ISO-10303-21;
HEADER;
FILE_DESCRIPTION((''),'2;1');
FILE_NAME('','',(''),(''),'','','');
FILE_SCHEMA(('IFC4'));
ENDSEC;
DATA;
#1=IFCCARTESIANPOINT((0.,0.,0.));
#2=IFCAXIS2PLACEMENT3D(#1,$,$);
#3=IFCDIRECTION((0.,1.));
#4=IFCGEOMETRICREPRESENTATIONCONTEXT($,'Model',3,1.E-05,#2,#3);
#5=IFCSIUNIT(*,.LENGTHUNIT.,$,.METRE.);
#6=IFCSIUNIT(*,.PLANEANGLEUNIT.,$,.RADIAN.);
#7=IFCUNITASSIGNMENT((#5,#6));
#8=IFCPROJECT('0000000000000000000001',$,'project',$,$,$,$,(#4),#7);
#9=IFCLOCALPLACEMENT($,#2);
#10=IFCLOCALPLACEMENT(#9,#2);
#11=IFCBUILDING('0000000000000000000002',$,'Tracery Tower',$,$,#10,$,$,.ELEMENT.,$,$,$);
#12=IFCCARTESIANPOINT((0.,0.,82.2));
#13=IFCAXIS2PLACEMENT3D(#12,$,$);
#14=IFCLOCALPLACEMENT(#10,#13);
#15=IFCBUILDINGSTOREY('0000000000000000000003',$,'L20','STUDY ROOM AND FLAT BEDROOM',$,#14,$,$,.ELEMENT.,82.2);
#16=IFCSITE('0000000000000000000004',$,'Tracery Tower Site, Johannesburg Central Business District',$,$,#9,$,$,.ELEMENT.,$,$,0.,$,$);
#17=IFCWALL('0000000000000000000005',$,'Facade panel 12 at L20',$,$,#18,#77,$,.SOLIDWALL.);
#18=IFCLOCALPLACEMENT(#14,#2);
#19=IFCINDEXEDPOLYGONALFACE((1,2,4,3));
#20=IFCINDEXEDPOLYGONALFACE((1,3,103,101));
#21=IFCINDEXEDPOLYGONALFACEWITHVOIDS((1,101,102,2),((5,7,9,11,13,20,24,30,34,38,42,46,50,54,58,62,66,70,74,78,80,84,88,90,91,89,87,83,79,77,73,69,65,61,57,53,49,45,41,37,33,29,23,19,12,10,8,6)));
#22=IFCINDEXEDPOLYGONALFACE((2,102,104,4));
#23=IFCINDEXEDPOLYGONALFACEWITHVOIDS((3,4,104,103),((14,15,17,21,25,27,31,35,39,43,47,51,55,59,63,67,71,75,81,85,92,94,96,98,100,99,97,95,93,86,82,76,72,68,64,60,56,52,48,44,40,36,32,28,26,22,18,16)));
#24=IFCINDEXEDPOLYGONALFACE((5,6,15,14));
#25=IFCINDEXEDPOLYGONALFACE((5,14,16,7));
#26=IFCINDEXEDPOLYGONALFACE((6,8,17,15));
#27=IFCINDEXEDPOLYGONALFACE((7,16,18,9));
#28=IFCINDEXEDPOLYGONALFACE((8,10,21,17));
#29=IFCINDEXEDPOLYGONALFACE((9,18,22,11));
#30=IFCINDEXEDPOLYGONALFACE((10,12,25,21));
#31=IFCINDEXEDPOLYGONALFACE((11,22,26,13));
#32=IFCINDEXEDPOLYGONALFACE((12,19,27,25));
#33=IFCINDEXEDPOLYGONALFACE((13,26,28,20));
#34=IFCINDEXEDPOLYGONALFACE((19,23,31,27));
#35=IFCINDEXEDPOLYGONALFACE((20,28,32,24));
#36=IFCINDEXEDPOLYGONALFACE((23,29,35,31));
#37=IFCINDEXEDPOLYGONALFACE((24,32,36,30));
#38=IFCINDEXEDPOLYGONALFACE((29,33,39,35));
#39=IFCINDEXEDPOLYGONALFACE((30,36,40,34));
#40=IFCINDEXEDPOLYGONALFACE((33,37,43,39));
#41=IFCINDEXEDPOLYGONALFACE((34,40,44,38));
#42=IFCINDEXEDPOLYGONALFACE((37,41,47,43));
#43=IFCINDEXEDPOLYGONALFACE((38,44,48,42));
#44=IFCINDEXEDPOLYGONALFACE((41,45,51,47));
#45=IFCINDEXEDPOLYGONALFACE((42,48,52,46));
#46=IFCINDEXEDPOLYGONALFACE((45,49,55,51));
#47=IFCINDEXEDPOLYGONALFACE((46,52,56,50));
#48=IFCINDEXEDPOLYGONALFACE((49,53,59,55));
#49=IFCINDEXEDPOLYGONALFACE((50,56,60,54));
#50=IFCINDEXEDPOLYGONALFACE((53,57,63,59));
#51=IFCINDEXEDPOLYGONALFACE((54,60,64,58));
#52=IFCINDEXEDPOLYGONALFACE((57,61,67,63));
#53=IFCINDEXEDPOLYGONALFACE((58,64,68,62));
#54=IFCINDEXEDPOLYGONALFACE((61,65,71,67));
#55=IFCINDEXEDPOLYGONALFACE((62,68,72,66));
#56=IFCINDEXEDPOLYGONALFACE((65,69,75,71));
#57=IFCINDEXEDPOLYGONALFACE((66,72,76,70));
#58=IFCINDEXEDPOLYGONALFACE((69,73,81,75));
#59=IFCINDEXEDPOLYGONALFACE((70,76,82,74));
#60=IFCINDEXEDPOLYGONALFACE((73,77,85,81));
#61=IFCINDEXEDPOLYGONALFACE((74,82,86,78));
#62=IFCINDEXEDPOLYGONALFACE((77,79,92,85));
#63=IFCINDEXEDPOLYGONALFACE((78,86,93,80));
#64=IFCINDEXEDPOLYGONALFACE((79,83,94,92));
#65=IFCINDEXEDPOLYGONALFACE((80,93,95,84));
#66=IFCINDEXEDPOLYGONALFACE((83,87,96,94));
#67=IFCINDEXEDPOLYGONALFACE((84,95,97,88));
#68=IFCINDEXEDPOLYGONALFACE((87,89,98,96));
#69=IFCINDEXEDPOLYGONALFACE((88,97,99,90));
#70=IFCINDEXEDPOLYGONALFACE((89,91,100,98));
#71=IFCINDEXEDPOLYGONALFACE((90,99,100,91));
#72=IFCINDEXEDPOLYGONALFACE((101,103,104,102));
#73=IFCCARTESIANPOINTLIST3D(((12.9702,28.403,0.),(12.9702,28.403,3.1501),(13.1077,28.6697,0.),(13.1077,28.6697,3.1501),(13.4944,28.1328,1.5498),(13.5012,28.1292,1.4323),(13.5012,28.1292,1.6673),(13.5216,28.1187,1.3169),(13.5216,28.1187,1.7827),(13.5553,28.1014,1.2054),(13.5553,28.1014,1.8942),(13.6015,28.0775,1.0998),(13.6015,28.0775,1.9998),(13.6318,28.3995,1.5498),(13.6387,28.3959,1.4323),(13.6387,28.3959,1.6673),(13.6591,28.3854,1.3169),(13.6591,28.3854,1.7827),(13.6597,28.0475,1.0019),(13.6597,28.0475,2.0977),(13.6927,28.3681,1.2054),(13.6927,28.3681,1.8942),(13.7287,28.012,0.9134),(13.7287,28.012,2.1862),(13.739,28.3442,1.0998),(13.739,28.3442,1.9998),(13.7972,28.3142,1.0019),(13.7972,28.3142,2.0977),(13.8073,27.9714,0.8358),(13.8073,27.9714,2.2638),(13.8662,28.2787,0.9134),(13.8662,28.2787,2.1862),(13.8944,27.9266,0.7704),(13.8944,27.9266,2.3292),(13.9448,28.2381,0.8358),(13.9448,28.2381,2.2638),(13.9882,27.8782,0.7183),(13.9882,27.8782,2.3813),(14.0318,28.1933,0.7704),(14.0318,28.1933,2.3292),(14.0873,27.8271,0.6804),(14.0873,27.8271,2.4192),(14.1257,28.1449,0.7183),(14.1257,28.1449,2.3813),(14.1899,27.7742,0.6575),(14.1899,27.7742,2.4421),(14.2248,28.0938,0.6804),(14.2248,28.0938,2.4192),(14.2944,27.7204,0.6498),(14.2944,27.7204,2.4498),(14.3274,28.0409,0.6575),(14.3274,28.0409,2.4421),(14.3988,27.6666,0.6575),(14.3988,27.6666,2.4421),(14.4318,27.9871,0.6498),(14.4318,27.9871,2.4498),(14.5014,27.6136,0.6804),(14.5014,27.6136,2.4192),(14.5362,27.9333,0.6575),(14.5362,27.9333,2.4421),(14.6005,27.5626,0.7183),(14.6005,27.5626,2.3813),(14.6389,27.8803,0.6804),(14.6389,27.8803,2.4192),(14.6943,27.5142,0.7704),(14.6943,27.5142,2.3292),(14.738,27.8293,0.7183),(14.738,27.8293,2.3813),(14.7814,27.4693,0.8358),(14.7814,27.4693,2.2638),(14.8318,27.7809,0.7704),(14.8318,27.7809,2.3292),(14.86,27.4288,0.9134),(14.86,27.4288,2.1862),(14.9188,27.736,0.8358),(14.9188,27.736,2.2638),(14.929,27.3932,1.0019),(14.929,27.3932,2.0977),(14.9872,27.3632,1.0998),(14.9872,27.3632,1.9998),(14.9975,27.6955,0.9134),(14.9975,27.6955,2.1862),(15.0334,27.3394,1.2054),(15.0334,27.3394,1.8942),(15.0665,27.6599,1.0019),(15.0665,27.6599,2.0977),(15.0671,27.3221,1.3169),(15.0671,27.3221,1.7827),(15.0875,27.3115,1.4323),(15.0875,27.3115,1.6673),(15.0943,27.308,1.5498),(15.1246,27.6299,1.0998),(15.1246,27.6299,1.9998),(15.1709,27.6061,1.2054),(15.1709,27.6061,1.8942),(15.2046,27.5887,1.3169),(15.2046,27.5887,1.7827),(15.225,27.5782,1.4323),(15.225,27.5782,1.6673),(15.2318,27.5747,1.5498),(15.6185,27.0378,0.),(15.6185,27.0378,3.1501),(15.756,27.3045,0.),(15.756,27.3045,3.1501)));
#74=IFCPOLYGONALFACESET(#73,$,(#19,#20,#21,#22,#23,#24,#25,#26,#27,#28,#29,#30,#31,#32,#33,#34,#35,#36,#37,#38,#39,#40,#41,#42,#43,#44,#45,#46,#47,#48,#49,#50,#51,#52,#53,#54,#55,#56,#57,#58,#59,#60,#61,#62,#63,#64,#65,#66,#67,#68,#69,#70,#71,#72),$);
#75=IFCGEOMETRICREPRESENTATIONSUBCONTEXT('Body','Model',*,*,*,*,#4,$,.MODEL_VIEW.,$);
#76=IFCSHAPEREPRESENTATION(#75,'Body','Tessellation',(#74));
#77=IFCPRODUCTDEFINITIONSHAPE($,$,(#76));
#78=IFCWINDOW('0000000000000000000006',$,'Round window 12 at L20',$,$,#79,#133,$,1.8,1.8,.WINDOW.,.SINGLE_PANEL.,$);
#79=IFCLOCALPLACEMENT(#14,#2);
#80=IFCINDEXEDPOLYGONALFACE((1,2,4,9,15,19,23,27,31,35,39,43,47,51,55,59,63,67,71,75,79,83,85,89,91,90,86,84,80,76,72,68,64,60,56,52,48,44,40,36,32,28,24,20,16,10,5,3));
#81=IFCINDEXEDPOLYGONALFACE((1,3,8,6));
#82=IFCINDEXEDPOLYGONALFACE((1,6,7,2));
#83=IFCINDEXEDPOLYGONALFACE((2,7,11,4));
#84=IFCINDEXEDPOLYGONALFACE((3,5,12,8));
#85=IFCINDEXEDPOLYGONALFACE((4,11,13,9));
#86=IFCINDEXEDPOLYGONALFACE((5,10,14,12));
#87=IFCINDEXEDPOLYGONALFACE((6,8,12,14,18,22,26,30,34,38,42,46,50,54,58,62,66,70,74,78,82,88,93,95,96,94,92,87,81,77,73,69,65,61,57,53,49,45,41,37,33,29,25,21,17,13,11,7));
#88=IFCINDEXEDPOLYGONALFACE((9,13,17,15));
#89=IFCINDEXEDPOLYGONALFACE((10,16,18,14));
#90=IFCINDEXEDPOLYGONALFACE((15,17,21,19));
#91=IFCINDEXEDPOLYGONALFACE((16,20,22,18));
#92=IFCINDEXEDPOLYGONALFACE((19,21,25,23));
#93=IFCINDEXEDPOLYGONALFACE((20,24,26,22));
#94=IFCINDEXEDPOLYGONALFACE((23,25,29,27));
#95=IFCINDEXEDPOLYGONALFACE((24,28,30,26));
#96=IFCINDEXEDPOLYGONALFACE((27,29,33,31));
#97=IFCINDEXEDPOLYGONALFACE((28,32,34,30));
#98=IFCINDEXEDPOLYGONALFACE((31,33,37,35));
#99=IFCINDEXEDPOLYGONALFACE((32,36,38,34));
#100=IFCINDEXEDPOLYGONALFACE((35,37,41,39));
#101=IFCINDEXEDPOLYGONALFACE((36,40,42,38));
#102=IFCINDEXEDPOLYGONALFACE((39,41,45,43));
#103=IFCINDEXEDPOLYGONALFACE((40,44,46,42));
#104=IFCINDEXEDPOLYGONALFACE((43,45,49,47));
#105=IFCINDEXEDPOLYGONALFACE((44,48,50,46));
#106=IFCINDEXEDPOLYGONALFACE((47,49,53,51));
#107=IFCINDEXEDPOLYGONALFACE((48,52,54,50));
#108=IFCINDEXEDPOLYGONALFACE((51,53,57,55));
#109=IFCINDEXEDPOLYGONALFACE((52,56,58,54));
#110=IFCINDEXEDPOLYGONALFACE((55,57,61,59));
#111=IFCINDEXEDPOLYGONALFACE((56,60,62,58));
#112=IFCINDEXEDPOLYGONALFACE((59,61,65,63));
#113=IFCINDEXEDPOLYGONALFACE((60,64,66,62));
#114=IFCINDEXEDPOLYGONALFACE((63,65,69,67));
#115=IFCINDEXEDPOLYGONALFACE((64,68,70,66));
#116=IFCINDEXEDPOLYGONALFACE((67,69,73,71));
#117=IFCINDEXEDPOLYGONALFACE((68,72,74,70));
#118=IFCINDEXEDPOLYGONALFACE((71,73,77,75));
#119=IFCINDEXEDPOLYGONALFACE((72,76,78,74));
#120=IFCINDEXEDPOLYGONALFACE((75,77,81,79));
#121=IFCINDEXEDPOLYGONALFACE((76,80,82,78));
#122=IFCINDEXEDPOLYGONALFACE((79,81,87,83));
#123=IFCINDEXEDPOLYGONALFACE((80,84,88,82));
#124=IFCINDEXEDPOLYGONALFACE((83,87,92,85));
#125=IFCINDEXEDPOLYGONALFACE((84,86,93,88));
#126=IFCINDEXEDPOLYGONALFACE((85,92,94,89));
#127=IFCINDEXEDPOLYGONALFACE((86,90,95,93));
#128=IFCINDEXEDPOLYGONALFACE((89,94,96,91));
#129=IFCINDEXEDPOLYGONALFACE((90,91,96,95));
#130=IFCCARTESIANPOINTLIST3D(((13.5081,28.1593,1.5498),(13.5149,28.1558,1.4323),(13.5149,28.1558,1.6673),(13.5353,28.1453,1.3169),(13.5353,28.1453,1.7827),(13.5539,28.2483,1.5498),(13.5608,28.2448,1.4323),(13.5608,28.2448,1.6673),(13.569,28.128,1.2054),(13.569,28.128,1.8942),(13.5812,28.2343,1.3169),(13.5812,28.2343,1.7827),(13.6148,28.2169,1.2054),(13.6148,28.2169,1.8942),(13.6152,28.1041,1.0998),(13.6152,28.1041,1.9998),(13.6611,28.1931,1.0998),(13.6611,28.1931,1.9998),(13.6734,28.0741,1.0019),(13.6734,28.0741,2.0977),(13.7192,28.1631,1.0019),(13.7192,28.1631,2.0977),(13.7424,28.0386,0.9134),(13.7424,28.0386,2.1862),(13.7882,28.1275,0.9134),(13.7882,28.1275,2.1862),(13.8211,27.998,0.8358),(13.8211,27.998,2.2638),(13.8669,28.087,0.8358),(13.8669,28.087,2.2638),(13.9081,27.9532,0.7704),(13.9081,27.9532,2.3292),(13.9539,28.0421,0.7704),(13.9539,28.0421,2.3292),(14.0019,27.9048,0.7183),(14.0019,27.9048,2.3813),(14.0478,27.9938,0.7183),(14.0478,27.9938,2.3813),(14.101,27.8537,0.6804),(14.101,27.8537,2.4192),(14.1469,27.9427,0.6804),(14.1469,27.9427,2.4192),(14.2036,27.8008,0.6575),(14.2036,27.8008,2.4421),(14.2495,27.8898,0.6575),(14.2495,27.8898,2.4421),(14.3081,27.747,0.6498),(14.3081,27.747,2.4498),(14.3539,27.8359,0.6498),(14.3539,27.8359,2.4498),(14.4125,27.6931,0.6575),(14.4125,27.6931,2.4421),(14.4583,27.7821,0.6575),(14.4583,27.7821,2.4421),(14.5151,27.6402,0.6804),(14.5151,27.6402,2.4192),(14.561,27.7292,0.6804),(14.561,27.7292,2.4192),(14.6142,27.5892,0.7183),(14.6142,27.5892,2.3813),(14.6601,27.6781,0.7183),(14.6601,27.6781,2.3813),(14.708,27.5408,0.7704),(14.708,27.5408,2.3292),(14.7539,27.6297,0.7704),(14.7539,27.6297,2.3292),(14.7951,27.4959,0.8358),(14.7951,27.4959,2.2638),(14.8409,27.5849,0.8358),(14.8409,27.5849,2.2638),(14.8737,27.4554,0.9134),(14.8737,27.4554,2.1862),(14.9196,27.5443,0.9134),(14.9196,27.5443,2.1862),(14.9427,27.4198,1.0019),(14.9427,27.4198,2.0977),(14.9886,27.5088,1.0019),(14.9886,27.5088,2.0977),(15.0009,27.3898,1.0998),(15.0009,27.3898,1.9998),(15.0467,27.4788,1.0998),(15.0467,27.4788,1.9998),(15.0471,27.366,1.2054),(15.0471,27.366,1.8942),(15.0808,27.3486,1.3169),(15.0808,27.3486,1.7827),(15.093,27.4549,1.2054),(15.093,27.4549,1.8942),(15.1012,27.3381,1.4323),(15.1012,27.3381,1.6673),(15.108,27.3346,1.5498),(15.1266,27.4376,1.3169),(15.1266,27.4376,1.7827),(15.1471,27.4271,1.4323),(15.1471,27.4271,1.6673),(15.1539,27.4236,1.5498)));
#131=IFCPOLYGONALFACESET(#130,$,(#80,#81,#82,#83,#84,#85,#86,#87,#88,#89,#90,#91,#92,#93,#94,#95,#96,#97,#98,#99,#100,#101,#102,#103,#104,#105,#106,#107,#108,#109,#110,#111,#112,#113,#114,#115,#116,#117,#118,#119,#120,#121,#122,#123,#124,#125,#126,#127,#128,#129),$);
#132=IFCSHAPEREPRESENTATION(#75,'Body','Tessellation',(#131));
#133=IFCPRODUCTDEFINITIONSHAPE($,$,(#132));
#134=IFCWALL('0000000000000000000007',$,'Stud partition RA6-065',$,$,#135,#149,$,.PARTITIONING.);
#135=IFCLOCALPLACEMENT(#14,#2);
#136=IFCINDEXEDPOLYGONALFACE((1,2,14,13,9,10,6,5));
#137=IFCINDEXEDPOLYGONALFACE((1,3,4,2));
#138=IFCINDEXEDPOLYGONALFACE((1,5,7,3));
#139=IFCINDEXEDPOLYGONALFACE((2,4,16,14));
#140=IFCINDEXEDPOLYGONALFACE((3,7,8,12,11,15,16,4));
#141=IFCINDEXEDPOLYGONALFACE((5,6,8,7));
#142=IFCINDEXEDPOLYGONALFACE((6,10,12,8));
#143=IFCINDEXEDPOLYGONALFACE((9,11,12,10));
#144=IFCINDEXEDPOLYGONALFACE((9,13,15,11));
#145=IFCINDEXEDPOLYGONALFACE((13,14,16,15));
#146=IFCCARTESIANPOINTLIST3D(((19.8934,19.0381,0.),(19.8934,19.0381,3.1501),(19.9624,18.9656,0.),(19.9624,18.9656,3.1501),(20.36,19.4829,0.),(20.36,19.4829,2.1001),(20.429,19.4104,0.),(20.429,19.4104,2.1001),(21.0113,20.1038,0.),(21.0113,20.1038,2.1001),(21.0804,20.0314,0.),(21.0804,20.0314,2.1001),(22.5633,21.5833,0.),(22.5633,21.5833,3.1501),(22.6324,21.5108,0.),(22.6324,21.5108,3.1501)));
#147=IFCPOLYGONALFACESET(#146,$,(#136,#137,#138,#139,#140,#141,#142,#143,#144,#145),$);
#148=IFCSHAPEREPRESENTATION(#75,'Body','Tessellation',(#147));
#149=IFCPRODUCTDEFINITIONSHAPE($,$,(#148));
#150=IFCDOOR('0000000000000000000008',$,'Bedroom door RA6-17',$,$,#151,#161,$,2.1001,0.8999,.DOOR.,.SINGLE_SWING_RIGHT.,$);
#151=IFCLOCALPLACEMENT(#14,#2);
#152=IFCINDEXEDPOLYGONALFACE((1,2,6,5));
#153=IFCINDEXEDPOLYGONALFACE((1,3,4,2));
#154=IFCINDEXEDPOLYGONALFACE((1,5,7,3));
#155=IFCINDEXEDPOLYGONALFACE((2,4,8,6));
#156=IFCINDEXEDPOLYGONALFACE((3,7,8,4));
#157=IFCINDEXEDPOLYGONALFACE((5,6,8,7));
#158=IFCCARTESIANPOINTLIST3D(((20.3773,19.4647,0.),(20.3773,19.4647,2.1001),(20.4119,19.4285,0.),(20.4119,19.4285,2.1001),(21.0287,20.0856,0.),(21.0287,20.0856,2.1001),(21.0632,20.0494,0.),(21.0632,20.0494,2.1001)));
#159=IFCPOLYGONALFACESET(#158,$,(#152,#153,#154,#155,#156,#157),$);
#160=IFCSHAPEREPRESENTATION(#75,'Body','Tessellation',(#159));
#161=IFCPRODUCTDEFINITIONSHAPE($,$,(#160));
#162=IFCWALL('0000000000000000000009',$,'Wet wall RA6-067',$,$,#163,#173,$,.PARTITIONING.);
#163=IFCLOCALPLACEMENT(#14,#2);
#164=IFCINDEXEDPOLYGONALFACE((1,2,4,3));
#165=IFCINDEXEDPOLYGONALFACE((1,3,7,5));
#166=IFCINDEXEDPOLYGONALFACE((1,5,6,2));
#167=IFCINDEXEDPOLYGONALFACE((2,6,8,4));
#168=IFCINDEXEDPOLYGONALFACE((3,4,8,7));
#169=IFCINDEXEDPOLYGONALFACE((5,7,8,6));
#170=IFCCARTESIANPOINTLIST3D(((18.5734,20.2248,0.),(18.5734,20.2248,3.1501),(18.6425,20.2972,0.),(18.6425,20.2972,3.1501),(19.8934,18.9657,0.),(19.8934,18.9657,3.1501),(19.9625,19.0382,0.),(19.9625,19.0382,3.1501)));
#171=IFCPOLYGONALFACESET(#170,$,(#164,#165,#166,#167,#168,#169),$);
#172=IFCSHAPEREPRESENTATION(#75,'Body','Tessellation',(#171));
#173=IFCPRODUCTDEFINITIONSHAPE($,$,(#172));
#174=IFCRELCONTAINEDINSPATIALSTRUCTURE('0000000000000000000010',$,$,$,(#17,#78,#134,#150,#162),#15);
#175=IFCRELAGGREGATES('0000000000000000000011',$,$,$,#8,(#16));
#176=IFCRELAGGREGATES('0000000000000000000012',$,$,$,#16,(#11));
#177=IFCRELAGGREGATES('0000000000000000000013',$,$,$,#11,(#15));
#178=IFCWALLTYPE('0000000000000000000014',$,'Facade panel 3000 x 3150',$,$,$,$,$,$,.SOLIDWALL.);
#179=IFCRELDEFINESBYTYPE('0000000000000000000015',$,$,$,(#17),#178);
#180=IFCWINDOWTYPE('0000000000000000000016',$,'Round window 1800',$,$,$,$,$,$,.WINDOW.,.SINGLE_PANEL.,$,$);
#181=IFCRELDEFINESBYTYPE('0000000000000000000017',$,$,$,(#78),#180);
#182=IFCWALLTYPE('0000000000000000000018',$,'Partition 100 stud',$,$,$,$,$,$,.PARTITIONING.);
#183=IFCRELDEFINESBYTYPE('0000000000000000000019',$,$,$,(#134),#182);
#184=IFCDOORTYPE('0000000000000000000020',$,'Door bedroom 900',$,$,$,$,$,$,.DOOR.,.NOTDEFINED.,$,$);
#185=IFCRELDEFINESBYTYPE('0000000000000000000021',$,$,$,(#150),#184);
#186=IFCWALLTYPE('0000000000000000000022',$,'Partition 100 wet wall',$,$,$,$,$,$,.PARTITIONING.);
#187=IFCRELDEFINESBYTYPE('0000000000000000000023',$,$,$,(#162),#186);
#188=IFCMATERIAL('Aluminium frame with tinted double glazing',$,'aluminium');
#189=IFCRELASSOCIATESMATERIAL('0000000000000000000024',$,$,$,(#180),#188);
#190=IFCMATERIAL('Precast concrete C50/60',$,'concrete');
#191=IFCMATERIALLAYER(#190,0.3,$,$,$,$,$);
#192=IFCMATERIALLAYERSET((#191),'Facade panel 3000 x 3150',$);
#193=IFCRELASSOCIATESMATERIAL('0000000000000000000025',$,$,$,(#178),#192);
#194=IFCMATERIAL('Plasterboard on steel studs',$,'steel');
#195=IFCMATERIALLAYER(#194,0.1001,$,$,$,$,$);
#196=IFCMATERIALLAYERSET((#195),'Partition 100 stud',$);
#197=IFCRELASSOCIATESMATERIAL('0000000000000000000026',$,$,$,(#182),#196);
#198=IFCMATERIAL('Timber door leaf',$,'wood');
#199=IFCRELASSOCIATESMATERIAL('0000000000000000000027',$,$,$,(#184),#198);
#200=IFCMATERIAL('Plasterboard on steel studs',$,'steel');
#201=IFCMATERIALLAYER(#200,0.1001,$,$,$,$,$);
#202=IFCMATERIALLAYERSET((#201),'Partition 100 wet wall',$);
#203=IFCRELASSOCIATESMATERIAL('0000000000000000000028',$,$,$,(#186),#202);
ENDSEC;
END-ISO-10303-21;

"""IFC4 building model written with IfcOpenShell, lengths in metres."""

from ifc_helpers import new_model, si_unit, direction, frame, frame_2d, origin, origin_2d, place, context, subcontext, project, spatial, rectangle, circle, extrude, material, layer, layer_set, type_object, element, fill, save


model = new_model("IFC4")

# Units and contexts
model_context = context("Model", 3, precision=1e-05, world=origin(), true_north=direction((0.0, 1.0)))
body_context = subcontext(model_context, "Body", "Model", "MODEL_VIEW")
ifc_project = project(units=[si_unit("LENGTHUNIT", "METRE"), si_unit("PLANEANGLEUNIT", "RADIAN")], contexts=[model_context])

# Site, building, storey
site_placement = place(None, origin())
site = spatial("IfcSite", under=ifc_project, at=site_placement, Name="Tracery Tower Site, Johannesburg Central Business District", CompositionType="ELEMENT", RefElevation=0.0)
building_placement = place(site_placement, origin())
building = spatial("IfcBuilding", under=site, at=building_placement, Name="Tracery Tower", CompositionType="ELEMENT")
storey_placement = place(building_placement, frame((0.0, 0.0, 82.2)))
storey = spatial("IfcBuildingStorey", under=building, at=storey_placement, Name="L20", Description="STUDY ROOM AND FLAT BEDROOM", CompositionType="ELEMENT", Elevation=82.2)

# Wall, opening, window
ifc_material_1 = material(Name="Aluminium frame with tinted double glazing", Category="aluminium")
window_type = type_object("IfcWindowType", Name="Round window 1800", PartitioningType="SINGLE_PANEL", PredefinedType="WINDOW", material=ifc_material_1)
ifc_material_2 = material(Name="Precast concrete C50/60", Category="concrete")
ifc_layer_1 = layer(ifc_material_2, 0.3)
ifc_layer_set_1 = layer_set([ifc_layer_1], Name="Facade panel 3000 x 3150")
wall_type_1 = type_object("IfcWallType", Name="Facade panel 3000 x 3150", PredefinedType="SOLIDWALL", material=ifc_layer_set_1)
wall_1_placement = place(storey_placement, frame((15.6873, 27.1711, 0.0), z_axis=(0.0, 0.0, 1.0), x_axis=(-0.888853, 0.458192, 0.0)))
wall_1 = element("IfcWall", 1, at=wall_1_placement, inside=storey, type_object=wall_type_1, Name="Facade panel 12 at L20", PredefinedType="SOLIDWALL", context=body_context, shape_type="SweptSolid", body=[
    extrude(rectangle(XDim=2.9795, YDim=0.3, at=frame_2d((1.4897, 0.0))), origin(), (0.0, 0.0, 1.0), 3.1501),
])
opening_1_placement = place(wall_1_placement, frame((1.4897, 0.0, 1.5498)))
opening_1 = element("IfcOpeningElement", 2, at=opening_1_placement, cuts=wall_1, PredefinedType="OPENING", context=body_context, shape_type="SweptSolid", body=[
    extrude(circle(Radius=0.9, at=origin_2d()), frame((0.0, 0.1599, 0.0), z_axis=(0.0, -1.0, 0.0), x_axis=(1.0, 0.0, 0.0)), (0.0, 0.0, 1.0), 0.3201),
])
window_1_placement = place(opening_1_placement, origin())
window_1 = element("IfcWindow", 3, at=window_1_placement, inside=storey, type_object=window_type, Name="Round window 12 at L20", OverallHeight=1.8, OverallWidth=1.8, PartitioningType="SINGLE_PANEL", PredefinedType="WINDOW", context=body_context, shape_type="SweptSolid", body=[
    extrude(circle(Radius=0.9, at=origin_2d()), frame((0.0, 0.1201, 0.0), z_axis=(0.0, -1.0, 0.0), x_axis=(1.0, 0.0, 0.0)), (0.0, 0.0, 1.0), 0.1001),
])
fill(opening_1, window_1)

# Wall, opening, door
ifc_material_3 = material(Name="Plasterboard on steel studs", Category="steel")
ifc_layer_2 = layer(ifc_material_3, 0.1001)
ifc_layer_set_2 = layer_set([ifc_layer_2], Name="Partition 100 stud")
wall_type_2 = type_object("IfcWallType", Name="Partition 100 stud", PredefinedType="PARTITIONING", material=ifc_layer_set_2)
wall_2_placement = place(storey_placement, frame((19.928, 19.002, 0.0), z_axis=(0.0, 0.0, 1.0), x_axis=(0.723815, 0.689994, 0.0)))
wall_2 = element("IfcWall", 4, at=wall_2_placement, inside=storey, type_object=wall_type_2, Name="Stud partition RA6-065", PredefinedType="PARTITIONING", context=body_context, shape_type="SweptSolid", body=[
    extrude(rectangle(XDim=3.6887, YDim=0.1001, at=frame_2d((1.8442, 0.0))), origin(), (0.0, 0.0, 1.0), 3.1501),
])
opening_2_placement = place(wall_2_placement, frame((0.6445, 0.0, 0.0)))
opening_2 = element("IfcOpeningElement", 5, at=opening_2_placement, cuts=wall_2, PredefinedType="OPENING", context=body_context, shape_type="SweptSolid", body=[
    extrude(rectangle(XDim=0.8999, YDim=2.1001, at=frame_2d((0.45, 1.05))), frame((0.0, 0.05, 0.0), z_axis=(0.0, -1.0, 0.0), x_axis=(1.0, 0.0, 0.0)), (0.0, 0.0, 1.0), 0.1001),
])
ifc_material_4 = material(Name="Timber door leaf", Category="wood")
door_type = type_object("IfcDoorType", Name="Door bedroom 900", OperationType="NOTDEFINED", PredefinedType="DOOR", material=ifc_material_4)
door_placement = place(opening_2_placement, origin())
door = element("IfcDoor", 6, at=door_placement, inside=storey, type_object=door_type, Name="Bedroom door RA6-17", OperationType="SINGLE_SWING_RIGHT", OverallHeight=2.1001, OverallWidth=0.8999, PredefinedType="DOOR", context=body_context, shape_type="SweptSolid", body=[
    extrude(rectangle(XDim=0.8999, YDim=2.1001, at=frame_2d((0.45, 1.05))), frame((0.0, 0.0249, 0.0), z_axis=(0.0, -1.0, 0.0), x_axis=(1.0, 0.0, 0.0)), (0.0, 0.0, 1.0), 0.05),
])
fill(opening_2, door)

# Wall
ifc_material_5 = material(Name="Plasterboard on steel studs", Category="steel")
ifc_layer_3 = layer(ifc_material_5, 0.1001)
ifc_layer_set_3 = layer_set([ifc_layer_3], Name="Partition 100 wet wall")
wall_type_3 = type_object("IfcWallType", Name="Partition 100 wet wall", PredefinedType="PARTITIONING", material=ifc_layer_set_3)
wall_3_placement = place(storey_placement, frame((18.6079, 20.261, 0.0), z_axis=(0.0, 0.0, 1.0), x_axis=(0.723638, -0.69018, 0.0)))
element("IfcWall", 7, at=wall_3_placement, inside=storey, type_object=wall_type_3, Name="Wet wall RA6-067", PredefinedType="PARTITIONING", context=body_context, shape_type="SweptSolid", body=[
    extrude(rectangle(XDim=1.8242, YDim=0.1001, at=frame_2d((0.9121, 0.0))), origin(), (0.0, 0.0, 1.0), 3.1501),
])

save(model, "model.ifc")
